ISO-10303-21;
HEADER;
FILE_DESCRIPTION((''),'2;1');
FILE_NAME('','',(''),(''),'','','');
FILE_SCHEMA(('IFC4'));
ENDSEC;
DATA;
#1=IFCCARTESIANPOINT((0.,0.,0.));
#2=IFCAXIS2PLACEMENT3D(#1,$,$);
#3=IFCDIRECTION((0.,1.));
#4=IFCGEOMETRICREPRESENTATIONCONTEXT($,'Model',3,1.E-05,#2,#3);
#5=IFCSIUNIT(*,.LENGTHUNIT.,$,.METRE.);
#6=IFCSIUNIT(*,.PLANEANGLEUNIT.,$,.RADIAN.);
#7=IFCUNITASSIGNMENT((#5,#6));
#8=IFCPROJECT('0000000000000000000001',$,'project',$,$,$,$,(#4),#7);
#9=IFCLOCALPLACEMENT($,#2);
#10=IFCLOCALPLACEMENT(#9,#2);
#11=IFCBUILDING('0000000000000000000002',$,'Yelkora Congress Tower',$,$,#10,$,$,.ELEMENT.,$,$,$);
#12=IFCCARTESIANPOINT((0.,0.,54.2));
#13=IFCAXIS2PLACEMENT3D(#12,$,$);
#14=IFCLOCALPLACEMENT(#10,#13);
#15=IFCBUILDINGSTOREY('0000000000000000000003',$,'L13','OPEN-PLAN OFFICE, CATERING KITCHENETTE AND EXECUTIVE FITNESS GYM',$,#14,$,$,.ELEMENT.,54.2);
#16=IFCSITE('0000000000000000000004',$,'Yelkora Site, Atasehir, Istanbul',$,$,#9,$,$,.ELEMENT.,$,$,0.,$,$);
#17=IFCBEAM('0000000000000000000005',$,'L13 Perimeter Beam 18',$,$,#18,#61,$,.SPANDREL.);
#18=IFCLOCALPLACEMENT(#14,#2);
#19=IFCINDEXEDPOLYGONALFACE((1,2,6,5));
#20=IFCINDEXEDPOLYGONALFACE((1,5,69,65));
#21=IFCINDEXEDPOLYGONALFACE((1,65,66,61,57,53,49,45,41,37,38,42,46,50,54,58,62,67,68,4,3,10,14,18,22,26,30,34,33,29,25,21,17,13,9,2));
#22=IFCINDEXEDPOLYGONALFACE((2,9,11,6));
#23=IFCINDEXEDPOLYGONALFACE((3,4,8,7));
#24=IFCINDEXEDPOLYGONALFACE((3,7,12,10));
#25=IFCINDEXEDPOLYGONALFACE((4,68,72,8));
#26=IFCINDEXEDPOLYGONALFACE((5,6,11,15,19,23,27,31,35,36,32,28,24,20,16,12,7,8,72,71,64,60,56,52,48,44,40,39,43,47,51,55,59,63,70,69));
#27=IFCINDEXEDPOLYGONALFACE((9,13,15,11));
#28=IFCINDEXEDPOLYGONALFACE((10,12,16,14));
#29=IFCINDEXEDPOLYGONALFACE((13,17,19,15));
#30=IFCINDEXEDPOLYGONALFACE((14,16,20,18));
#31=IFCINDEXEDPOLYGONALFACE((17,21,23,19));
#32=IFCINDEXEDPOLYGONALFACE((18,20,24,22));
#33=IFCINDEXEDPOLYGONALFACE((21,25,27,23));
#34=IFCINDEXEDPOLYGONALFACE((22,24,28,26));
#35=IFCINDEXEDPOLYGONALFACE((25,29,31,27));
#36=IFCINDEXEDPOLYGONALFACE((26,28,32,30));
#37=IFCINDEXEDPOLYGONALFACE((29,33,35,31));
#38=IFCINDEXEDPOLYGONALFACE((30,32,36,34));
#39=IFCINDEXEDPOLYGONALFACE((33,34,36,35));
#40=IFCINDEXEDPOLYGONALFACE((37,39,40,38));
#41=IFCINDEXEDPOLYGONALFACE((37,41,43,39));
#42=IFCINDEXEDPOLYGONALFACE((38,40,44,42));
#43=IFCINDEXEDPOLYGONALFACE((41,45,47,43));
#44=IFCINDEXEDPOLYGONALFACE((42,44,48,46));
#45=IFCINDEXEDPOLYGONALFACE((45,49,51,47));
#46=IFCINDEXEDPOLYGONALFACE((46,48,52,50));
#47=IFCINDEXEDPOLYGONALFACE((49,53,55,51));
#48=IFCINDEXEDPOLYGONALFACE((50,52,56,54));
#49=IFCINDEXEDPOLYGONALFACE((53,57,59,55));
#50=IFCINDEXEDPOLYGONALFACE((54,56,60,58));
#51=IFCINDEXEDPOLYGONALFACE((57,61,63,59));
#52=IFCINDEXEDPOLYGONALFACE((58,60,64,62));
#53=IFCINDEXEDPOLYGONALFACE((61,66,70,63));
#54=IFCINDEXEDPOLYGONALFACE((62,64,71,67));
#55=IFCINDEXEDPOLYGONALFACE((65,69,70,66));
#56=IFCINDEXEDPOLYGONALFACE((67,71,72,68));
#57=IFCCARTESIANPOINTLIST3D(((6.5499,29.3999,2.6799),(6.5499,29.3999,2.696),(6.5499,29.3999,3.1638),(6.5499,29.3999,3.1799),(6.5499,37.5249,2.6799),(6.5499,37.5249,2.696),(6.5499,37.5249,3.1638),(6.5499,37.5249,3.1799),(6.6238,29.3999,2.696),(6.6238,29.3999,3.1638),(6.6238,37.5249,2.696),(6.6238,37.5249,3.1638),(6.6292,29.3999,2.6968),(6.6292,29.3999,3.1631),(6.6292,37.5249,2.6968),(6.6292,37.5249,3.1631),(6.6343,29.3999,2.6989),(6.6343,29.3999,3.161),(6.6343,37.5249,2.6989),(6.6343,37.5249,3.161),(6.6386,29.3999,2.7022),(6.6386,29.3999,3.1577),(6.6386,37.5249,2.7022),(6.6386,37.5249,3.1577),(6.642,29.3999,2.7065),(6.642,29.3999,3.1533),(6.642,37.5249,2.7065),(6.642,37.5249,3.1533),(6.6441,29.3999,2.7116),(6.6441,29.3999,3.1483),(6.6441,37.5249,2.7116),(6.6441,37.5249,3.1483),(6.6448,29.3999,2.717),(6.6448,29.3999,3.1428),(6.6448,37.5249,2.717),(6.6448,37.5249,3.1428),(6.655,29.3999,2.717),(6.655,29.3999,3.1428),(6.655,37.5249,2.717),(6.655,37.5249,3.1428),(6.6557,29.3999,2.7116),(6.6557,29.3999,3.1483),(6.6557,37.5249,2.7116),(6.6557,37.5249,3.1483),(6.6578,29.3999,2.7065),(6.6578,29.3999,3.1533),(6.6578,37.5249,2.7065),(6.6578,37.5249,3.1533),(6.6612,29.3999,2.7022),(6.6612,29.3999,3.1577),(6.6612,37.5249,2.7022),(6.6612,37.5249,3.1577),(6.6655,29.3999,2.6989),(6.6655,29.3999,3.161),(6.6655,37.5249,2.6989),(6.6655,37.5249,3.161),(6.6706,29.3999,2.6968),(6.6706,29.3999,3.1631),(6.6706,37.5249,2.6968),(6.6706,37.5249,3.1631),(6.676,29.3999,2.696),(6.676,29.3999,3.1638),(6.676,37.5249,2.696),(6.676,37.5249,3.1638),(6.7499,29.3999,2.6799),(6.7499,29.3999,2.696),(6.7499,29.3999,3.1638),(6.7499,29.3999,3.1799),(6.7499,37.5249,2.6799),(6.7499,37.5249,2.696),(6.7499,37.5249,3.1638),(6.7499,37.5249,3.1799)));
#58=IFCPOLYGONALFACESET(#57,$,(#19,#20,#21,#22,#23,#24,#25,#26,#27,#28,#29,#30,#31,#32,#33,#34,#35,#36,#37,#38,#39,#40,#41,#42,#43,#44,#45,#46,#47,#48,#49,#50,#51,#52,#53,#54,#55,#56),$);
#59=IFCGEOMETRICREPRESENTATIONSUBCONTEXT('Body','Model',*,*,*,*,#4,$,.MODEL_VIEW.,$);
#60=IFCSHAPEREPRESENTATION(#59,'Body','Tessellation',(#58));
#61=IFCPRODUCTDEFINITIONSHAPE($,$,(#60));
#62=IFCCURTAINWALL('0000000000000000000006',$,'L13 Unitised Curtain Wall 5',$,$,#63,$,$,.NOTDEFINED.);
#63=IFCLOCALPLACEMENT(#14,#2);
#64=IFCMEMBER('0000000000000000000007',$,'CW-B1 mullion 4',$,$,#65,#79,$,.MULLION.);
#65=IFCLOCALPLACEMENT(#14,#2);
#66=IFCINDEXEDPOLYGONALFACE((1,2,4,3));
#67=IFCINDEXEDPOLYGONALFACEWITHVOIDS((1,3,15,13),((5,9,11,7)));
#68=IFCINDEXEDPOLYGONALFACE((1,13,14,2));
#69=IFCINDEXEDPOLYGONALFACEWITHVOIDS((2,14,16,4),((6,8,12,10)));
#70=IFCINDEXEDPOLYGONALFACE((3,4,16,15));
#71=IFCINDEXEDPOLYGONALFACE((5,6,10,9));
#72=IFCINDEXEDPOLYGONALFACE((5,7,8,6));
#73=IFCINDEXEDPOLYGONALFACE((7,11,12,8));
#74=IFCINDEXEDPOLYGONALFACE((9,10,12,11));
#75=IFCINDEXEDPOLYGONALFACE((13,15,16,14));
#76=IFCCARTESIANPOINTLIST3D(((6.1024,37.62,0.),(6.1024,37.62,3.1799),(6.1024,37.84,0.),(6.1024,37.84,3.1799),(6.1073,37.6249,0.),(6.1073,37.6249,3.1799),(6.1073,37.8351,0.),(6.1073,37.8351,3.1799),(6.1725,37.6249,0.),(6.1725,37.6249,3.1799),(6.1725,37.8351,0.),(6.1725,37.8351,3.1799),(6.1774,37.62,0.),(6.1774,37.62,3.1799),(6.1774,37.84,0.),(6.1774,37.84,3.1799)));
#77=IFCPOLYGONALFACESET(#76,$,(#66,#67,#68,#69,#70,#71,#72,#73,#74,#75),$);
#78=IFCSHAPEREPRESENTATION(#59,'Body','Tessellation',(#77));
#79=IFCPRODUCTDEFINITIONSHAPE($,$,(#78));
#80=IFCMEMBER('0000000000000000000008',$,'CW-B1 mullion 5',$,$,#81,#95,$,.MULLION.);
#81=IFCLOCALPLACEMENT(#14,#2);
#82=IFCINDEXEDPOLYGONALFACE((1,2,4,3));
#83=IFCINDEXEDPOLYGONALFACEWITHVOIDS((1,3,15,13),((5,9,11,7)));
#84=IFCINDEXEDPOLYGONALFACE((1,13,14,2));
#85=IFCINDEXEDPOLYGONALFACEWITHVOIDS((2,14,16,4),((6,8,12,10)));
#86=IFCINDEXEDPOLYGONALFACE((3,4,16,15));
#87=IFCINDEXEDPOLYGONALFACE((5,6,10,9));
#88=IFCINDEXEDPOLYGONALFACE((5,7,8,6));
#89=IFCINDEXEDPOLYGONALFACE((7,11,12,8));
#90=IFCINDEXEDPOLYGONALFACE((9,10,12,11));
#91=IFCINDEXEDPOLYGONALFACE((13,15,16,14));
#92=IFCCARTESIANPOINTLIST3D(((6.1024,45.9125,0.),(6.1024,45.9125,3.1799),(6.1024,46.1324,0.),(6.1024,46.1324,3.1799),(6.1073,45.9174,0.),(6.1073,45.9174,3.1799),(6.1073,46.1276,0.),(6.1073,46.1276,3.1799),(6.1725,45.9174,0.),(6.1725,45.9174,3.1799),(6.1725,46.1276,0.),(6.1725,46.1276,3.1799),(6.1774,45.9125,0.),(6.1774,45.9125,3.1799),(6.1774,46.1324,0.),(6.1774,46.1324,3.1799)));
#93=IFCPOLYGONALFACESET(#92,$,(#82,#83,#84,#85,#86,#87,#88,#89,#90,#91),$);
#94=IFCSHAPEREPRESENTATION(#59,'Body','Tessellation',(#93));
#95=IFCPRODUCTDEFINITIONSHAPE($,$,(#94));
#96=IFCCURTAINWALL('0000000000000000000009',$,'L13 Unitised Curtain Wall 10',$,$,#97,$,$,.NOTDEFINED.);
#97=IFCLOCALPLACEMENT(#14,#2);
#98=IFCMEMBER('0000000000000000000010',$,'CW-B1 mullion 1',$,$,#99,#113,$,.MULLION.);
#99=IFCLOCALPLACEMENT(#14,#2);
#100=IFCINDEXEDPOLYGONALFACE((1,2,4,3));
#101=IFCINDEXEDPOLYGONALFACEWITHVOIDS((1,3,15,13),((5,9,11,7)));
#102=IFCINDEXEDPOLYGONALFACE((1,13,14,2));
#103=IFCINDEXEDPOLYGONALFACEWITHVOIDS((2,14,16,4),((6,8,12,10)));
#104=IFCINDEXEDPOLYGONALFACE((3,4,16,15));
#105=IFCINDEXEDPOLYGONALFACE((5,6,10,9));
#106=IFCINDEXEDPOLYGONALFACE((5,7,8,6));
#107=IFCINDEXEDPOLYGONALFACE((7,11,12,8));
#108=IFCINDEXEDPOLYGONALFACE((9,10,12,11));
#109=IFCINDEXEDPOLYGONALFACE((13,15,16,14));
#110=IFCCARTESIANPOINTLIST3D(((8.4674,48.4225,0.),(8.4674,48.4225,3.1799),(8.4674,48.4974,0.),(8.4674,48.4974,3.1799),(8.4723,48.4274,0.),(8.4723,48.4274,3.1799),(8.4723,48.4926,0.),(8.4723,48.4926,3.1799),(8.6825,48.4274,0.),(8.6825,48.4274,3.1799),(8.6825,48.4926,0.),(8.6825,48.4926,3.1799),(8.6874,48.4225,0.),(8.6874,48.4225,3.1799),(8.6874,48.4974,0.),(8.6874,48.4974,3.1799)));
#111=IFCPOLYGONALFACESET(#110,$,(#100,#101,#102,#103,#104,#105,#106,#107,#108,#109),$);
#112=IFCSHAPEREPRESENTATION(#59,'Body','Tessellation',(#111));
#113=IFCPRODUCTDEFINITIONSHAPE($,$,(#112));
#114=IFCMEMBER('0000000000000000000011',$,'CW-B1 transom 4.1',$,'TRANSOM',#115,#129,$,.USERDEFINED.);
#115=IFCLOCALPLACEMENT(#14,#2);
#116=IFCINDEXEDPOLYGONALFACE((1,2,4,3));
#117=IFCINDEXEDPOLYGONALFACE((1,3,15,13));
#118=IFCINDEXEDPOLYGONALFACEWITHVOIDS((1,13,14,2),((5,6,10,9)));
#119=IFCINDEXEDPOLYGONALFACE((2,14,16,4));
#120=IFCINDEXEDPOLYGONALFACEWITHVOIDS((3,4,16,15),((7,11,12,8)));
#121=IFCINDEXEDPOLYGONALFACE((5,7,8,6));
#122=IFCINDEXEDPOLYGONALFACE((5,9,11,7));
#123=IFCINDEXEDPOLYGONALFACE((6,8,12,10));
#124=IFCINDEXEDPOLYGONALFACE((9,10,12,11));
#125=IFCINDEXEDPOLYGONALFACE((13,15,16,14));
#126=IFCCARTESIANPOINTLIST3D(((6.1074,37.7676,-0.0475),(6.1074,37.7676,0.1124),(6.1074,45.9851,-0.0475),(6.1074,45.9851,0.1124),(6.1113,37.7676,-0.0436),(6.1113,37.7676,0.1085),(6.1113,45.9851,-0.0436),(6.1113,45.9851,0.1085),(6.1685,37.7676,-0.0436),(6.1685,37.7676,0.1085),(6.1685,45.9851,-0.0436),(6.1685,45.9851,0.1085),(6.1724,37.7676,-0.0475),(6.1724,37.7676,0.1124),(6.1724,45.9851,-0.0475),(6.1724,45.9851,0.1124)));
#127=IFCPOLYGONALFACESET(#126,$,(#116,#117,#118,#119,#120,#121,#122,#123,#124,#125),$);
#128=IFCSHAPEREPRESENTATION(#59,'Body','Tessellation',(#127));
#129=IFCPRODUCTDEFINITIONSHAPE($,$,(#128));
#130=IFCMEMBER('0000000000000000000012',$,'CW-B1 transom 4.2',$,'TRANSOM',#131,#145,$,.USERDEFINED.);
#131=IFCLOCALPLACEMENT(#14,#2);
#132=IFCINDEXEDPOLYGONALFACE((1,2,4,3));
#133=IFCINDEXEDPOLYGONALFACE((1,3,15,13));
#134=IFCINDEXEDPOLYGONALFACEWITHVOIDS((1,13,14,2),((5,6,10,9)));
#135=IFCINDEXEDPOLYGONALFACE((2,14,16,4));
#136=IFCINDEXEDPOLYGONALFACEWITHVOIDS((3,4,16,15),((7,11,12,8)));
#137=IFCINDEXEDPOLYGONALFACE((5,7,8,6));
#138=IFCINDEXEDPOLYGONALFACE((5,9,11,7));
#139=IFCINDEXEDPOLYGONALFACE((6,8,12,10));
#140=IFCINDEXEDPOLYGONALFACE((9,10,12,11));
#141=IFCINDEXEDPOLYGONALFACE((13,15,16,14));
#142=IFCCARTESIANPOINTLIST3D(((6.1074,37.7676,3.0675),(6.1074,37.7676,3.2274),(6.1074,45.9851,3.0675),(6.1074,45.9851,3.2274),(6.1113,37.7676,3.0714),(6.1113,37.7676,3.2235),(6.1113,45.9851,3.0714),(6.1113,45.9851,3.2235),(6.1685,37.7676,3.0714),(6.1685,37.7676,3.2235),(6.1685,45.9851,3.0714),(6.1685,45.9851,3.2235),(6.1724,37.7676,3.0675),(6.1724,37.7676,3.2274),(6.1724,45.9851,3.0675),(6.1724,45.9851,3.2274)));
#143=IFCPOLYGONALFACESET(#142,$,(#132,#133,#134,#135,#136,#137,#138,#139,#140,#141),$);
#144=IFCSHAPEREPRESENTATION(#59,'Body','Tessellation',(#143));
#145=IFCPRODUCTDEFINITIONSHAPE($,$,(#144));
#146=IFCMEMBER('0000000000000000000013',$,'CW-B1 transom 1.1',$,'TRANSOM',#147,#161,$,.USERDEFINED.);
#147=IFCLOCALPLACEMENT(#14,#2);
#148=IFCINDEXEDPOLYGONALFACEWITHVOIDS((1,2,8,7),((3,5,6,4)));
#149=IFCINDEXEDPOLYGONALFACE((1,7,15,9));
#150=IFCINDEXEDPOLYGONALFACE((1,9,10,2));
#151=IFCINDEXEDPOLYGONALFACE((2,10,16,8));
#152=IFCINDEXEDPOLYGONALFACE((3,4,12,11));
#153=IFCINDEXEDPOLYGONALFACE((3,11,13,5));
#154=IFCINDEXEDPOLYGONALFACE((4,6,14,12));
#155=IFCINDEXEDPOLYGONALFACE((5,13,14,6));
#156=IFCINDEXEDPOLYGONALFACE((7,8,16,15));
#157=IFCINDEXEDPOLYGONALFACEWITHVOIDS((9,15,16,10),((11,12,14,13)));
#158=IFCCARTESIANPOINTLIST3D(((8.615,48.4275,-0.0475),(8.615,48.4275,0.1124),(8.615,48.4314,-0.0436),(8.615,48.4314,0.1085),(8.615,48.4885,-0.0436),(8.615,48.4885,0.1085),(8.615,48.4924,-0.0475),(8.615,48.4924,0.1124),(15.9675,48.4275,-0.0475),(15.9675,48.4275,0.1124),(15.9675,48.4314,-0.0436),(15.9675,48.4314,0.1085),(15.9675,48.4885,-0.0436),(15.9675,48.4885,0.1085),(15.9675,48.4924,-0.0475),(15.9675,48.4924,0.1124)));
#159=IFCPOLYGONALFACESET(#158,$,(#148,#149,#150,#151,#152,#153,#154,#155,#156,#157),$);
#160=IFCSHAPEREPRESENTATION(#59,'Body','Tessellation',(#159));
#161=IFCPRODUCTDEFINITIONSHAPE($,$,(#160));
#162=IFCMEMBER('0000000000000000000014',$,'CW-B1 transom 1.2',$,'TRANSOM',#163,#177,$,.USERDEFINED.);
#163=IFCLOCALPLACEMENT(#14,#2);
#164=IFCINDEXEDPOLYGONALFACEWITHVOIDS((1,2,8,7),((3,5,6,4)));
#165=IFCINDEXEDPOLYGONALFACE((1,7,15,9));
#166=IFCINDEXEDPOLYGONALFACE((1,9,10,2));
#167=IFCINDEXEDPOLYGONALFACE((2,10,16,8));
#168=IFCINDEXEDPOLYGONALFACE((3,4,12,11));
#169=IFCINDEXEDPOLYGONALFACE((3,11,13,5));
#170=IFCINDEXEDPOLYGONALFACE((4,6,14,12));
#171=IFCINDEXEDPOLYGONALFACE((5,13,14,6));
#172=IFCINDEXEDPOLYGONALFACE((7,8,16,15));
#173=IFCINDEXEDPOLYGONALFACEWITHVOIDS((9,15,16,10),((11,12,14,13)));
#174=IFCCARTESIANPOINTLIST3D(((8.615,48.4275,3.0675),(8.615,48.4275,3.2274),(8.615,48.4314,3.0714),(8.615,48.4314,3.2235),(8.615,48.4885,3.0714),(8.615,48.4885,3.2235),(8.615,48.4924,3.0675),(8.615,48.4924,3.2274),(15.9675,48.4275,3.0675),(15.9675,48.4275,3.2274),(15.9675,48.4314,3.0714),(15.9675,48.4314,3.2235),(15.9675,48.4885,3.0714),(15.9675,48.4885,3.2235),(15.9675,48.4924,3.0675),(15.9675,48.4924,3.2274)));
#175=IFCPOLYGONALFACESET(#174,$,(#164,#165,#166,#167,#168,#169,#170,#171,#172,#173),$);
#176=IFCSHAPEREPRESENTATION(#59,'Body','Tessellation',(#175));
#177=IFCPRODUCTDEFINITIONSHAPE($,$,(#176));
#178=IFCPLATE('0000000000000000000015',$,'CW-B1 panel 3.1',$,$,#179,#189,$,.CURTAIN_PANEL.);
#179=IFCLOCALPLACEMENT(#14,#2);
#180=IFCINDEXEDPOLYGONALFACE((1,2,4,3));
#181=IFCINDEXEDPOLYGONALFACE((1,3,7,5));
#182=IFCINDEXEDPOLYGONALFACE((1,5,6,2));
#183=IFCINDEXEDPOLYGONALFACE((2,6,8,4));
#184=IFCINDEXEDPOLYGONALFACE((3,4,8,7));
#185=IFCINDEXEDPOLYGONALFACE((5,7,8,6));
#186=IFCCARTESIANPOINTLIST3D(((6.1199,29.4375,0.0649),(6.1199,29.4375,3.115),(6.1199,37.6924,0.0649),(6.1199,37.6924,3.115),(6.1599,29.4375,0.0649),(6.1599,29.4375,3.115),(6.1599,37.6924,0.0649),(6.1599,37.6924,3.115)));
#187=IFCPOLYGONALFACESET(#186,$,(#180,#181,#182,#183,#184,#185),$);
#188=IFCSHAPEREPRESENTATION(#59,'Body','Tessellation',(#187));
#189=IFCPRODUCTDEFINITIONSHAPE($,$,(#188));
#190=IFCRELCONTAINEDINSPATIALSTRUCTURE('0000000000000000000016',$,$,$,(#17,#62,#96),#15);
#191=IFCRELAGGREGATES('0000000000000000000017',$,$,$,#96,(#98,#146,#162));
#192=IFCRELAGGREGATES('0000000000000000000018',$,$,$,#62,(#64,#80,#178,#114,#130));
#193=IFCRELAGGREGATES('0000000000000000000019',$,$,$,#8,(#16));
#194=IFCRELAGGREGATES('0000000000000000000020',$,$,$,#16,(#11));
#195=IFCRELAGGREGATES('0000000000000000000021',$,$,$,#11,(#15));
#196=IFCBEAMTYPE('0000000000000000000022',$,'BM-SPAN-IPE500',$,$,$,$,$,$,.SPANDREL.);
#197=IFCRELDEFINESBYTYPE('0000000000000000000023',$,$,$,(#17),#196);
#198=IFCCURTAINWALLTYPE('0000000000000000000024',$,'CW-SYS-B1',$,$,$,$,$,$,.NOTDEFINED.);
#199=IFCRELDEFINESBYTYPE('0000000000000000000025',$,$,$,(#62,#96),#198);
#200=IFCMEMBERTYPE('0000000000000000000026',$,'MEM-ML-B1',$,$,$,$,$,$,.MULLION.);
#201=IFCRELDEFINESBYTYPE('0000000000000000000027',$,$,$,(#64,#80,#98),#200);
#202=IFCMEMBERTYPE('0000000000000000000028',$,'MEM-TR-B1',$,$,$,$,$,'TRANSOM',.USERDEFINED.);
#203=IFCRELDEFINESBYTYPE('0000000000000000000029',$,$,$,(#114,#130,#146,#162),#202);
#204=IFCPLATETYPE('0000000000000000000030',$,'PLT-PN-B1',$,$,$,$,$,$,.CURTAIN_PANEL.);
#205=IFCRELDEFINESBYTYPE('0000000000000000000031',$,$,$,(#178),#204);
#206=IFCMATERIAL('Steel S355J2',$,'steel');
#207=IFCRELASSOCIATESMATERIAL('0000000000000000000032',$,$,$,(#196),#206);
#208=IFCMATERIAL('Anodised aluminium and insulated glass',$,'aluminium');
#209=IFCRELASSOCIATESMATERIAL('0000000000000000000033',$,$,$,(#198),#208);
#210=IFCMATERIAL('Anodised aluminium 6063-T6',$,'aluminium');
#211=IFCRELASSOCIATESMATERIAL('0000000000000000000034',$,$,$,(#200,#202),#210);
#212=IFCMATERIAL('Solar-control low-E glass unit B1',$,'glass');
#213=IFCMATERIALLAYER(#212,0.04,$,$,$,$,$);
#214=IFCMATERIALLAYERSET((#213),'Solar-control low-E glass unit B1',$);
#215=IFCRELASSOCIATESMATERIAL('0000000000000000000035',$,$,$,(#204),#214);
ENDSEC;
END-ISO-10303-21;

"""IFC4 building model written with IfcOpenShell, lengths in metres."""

from ifc_helpers import new_model, si_unit, direction, frame, origin, origin_2d, place, context, subcontext, project, spatial, rectangle, hollow_rectangle, i_section, extrude, material, layer, layer_set, material_profile, profile_set, type_object, element, aggregate, save


model = new_model("IFC4")

# Units and contexts
model_context = context("Model", 3, precision=1e-05, world=origin(), true_north=direction((0.0, 1.0)))
body_context = subcontext(model_context, "Body", "Model", "MODEL_VIEW")
ifc_project = project(units=[si_unit("LENGTHUNIT", "METRE"), si_unit("PLANEANGLEUNIT", "RADIAN")], contexts=[model_context])

# Site, building, storey
site_placement = place(None, origin())
site = spatial("IfcSite", under=ifc_project, at=site_placement, Name="Yelkora Site, Atasehir, Istanbul", CompositionType="ELEMENT", RefElevation=0.0)
building_placement = place(site_placement, origin())
building = spatial("IfcBuilding", under=site, at=building_placement, Name="Yelkora Congress Tower", CompositionType="ELEMENT")
storey_placement = place(building_placement, frame((0.0, 0.0, 54.2)))
storey = spatial("IfcBuildingStorey", under=building, at=storey_placement, Name="L13", Description="OPEN-PLAN OFFICE, CATERING KITCHENETTE AND EXECUTIVE FITNESS GYM", CompositionType="ELEMENT", Elevation=54.2)

# Beam
ifc_material_1 = material(Name="Steel S355J2", Category="steel")
ifc_material_profile_1 = material_profile(ifc_material_1, i_section(OverallWidth=0.2, OverallDepth=0.5, WebThickness=0.0103, FlangeThickness=0.0161, FilletRadius=0.021, at=origin_2d()), Name="IPE 500")
ifc_profile_set_1 = profile_set([ifc_material_profile_1], Name="Steel S355J2")
beam_type_1 = type_object("IfcBeamType", Name="BM-SPAN-IPE500", PredefinedType="SPANDREL", material=ifc_profile_set_1)
beam_1_placement = place(storey_placement, frame((6.6499, 37.5249, 2.9299), z_axis=(0.0, -1.0, 0.0), x_axis=(1.0, 0.0, 0.0)))
element("IfcBeam", 1, at=beam_1_placement, inside=storey, type_object=beam_type_1, Name="L13 Perimeter Beam 18", PredefinedType="SPANDREL", context=body_context, shape_type="SweptSolid", body=[
    extrude(i_section(OverallWidth=0.2, OverallDepth=0.5, WebThickness=0.0103, FlangeThickness=0.0161, FilletRadius=0.021, at=origin_2d()), origin(), (0.0, 0.0, 1.0), 8.125),
])

# Curtain wall, members
ifc_material_2 = material(Name="Anodised aluminium and insulated glass", Category="aluminium")
curtain_wall_type = type_object("IfcCurtainWallType", Name="CW-SYS-B1", PredefinedType="NOTDEFINED", material=ifc_material_2)
curtain_wall_1_placement = place(storey_placement, origin())
curtain_wall_1 = element("IfcCurtainWall", 2, at=curtain_wall_1_placement, inside=storey, type_object=curtain_wall_type, Name="L13 Unitised Curtain Wall 5", PredefinedType="NOTDEFINED")
ifc_material_3 = material(Name="Anodised aluminium 6063-T6", Category="aluminium")
ifc_material_profile_2 = material_profile(ifc_material_3, hollow_rectangle(XDim=0.075, YDim=0.22, WallThickness=0.0049, at=origin_2d()), Name="ALU 75x220x5")
ifc_profile_set_2 = profile_set([ifc_material_profile_2], Name="Anodised aluminium 6063-T6")
member_type_1 = type_object("IfcMemberType", Name="MEM-ML-B1", PredefinedType="MULLION", material=ifc_profile_set_2)
member_1_placement = place(storey_placement, frame((6.1399, 37.73, 0.0), z_axis=(0.0, 0.0, 1.0), x_axis=(-1.0, 0.0, 0.0)))
member_1 = element("IfcMember", 3, at=member_1_placement, type_object=member_type_1, Name="CW-B1 mullion 4", PredefinedType="MULLION", context=body_context, shape_type="SweptSolid", body=[
    extrude(hollow_rectangle(XDim=0.075, YDim=0.22, WallThickness=0.0049, at=origin_2d()), origin(), (0.0, 0.0, 1.0), 3.1799),
])
member_2_placement = place(storey_placement, frame((6.1399, 46.0225, 0.0), z_axis=(0.0, 0.0, 1.0), x_axis=(-1.0, 0.0, 0.0)))
member_2 = element("IfcMember", 4, at=member_2_placement, type_object=member_type_1, Name="CW-B1 mullion 5", PredefinedType="MULLION", context=body_context, shape_type="SweptSolid", body=[
    extrude(hollow_rectangle(XDim=0.075, YDim=0.22, WallThickness=0.0049, at=origin_2d()), origin(), (0.0, 0.0, 1.0), 3.1799),
])

# Curtain wall, member
curtain_wall_2_placement = place(storey_placement, origin())
curtain_wall_2 = element("IfcCurtainWall", 5, at=curtain_wall_2_placement, inside=storey, type_object=curtain_wall_type, Name="L13 Unitised Curtain Wall 10", PredefinedType="NOTDEFINED")
member_3_placement = place(storey_placement, frame((8.5774, 48.46, 0.0), z_axis=(0.0, 0.0, 1.0), x_axis=(0.0, 1.0, 0.0)))
member_3 = element("IfcMember", 6, at=member_3_placement, type_object=member_type_1, Name="CW-B1 mullion 1", PredefinedType="MULLION", context=body_context, shape_type="SweptSolid", body=[
    extrude(hollow_rectangle(XDim=0.075, YDim=0.22, WallThickness=0.0049, at=origin_2d()), origin(), (0.0, 0.0, 1.0), 3.1799),
])

# Members
ifc_material_profile_3 = material_profile(ifc_material_3, hollow_rectangle(XDim=0.0649, YDim=0.1599, WallThickness=0.0039, at=origin_2d()), Name="ALU 65x160x4")
ifc_profile_set_3 = profile_set([ifc_material_profile_3], Name="Anodised aluminium 6063-T6")
member_type_2 = type_object("IfcMemberType", Name="MEM-TR-B1", ElementType="TRANSOM", PredefinedType="USERDEFINED", material=ifc_profile_set_3)
member_4_placement = place(storey_placement, frame((6.1399, 37.7676, 0.0325), z_axis=(0.0, 1.0, 0.0), x_axis=(-1.0, 0.0, 0.0)))
member_4 = element("IfcMember", 7, at=member_4_placement, type_object=member_type_2, Name="CW-B1 transom 4.1", ObjectType="TRANSOM", PredefinedType="USERDEFINED", context=body_context, shape_type="SweptSolid", body=[
    extrude(hollow_rectangle(XDim=0.0649, YDim=0.1599, WallThickness=0.0039, at=origin_2d()), origin(), (0.0, 0.0, 1.0), 8.2175),
])
member_5_placement = place(storey_placement, frame((6.1399, 37.7676, 3.1475), z_axis=(0.0, 1.0, 0.0), x_axis=(-1.0, 0.0, 0.0)))
member_5 = element("IfcMember", 8, at=member_5_placement, type_object=member_type_2, Name="CW-B1 transom 4.2", ObjectType="TRANSOM", PredefinedType="USERDEFINED", context=body_context, shape_type="SweptSolid", body=[
    extrude(hollow_rectangle(XDim=0.0649, YDim=0.1599, WallThickness=0.0039, at=origin_2d()), origin(), (0.0, 0.0, 1.0), 8.2175),
])
member_6_placement = place(storey_placement, frame((8.615, 48.46, 0.0325), z_axis=(1.0, 0.0, 0.0), x_axis=(0.0, 1.0, 0.0)))
member_6 = element("IfcMember", 9, at=member_6_placement, type_object=member_type_2, Name="CW-B1 transom 1.1", ObjectType="TRANSOM", PredefinedType="USERDEFINED", context=body_context, shape_type="SweptSolid", body=[
    extrude(hollow_rectangle(XDim=0.0649, YDim=0.1599, WallThickness=0.0039, at=origin_2d()), origin(), (0.0, 0.0, 1.0), 7.3525),
])
member_7_placement = place(storey_placement, frame((8.615, 48.46, 3.1475), z_axis=(1.0, 0.0, 0.0), x_axis=(0.0, 1.0, 0.0)))
member_7 = element("IfcMember", 10, at=member_7_placement, type_object=member_type_2, Name="CW-B1 transom 1.2", ObjectType="TRANSOM", PredefinedType="USERDEFINED", context=body_context, shape_type="SweptSolid", body=[
    extrude(hollow_rectangle(XDim=0.0649, YDim=0.1599, WallThickness=0.0039, at=origin_2d()), origin(), (0.0, 0.0, 1.0), 7.3525),
])
aggregate(curtain_wall_2, [member_3, member_6, member_7])

# Plate
ifc_material_4 = material(Name="Solar-control low-E glass unit B1", Category="glass")
ifc_layer_1 = layer(ifc_material_4, 0.04)
ifc_layer_set_1 = layer_set([ifc_layer_1], Name="Solar-control low-E glass unit B1")
plate_type = type_object("IfcPlateType", Name="PLT-PN-B1", PredefinedType="CURTAIN_PANEL", material=ifc_layer_set_1)
plate_1_placement = place(storey_placement, frame((6.1399, 33.5649, 0.0649), z_axis=(0.0, 0.0, 1.0), x_axis=(0.0, 1.0, 0.0)))
plate_1 = element("IfcPlate", 11, at=plate_1_placement, type_object=plate_type, Name="CW-B1 panel 3.1", PredefinedType="CURTAIN_PANEL", context=body_context, shape_type="SweptSolid", body=[
    extrude(rectangle(XDim=8.2549, YDim=0.04, at=origin_2d()), origin(), (0.0, 0.0, 1.0), 3.05),
])
aggregate(curtain_wall_1, [member_1, member_2, plate_1, member_4, member_5])

save(model, "model.ifc")
